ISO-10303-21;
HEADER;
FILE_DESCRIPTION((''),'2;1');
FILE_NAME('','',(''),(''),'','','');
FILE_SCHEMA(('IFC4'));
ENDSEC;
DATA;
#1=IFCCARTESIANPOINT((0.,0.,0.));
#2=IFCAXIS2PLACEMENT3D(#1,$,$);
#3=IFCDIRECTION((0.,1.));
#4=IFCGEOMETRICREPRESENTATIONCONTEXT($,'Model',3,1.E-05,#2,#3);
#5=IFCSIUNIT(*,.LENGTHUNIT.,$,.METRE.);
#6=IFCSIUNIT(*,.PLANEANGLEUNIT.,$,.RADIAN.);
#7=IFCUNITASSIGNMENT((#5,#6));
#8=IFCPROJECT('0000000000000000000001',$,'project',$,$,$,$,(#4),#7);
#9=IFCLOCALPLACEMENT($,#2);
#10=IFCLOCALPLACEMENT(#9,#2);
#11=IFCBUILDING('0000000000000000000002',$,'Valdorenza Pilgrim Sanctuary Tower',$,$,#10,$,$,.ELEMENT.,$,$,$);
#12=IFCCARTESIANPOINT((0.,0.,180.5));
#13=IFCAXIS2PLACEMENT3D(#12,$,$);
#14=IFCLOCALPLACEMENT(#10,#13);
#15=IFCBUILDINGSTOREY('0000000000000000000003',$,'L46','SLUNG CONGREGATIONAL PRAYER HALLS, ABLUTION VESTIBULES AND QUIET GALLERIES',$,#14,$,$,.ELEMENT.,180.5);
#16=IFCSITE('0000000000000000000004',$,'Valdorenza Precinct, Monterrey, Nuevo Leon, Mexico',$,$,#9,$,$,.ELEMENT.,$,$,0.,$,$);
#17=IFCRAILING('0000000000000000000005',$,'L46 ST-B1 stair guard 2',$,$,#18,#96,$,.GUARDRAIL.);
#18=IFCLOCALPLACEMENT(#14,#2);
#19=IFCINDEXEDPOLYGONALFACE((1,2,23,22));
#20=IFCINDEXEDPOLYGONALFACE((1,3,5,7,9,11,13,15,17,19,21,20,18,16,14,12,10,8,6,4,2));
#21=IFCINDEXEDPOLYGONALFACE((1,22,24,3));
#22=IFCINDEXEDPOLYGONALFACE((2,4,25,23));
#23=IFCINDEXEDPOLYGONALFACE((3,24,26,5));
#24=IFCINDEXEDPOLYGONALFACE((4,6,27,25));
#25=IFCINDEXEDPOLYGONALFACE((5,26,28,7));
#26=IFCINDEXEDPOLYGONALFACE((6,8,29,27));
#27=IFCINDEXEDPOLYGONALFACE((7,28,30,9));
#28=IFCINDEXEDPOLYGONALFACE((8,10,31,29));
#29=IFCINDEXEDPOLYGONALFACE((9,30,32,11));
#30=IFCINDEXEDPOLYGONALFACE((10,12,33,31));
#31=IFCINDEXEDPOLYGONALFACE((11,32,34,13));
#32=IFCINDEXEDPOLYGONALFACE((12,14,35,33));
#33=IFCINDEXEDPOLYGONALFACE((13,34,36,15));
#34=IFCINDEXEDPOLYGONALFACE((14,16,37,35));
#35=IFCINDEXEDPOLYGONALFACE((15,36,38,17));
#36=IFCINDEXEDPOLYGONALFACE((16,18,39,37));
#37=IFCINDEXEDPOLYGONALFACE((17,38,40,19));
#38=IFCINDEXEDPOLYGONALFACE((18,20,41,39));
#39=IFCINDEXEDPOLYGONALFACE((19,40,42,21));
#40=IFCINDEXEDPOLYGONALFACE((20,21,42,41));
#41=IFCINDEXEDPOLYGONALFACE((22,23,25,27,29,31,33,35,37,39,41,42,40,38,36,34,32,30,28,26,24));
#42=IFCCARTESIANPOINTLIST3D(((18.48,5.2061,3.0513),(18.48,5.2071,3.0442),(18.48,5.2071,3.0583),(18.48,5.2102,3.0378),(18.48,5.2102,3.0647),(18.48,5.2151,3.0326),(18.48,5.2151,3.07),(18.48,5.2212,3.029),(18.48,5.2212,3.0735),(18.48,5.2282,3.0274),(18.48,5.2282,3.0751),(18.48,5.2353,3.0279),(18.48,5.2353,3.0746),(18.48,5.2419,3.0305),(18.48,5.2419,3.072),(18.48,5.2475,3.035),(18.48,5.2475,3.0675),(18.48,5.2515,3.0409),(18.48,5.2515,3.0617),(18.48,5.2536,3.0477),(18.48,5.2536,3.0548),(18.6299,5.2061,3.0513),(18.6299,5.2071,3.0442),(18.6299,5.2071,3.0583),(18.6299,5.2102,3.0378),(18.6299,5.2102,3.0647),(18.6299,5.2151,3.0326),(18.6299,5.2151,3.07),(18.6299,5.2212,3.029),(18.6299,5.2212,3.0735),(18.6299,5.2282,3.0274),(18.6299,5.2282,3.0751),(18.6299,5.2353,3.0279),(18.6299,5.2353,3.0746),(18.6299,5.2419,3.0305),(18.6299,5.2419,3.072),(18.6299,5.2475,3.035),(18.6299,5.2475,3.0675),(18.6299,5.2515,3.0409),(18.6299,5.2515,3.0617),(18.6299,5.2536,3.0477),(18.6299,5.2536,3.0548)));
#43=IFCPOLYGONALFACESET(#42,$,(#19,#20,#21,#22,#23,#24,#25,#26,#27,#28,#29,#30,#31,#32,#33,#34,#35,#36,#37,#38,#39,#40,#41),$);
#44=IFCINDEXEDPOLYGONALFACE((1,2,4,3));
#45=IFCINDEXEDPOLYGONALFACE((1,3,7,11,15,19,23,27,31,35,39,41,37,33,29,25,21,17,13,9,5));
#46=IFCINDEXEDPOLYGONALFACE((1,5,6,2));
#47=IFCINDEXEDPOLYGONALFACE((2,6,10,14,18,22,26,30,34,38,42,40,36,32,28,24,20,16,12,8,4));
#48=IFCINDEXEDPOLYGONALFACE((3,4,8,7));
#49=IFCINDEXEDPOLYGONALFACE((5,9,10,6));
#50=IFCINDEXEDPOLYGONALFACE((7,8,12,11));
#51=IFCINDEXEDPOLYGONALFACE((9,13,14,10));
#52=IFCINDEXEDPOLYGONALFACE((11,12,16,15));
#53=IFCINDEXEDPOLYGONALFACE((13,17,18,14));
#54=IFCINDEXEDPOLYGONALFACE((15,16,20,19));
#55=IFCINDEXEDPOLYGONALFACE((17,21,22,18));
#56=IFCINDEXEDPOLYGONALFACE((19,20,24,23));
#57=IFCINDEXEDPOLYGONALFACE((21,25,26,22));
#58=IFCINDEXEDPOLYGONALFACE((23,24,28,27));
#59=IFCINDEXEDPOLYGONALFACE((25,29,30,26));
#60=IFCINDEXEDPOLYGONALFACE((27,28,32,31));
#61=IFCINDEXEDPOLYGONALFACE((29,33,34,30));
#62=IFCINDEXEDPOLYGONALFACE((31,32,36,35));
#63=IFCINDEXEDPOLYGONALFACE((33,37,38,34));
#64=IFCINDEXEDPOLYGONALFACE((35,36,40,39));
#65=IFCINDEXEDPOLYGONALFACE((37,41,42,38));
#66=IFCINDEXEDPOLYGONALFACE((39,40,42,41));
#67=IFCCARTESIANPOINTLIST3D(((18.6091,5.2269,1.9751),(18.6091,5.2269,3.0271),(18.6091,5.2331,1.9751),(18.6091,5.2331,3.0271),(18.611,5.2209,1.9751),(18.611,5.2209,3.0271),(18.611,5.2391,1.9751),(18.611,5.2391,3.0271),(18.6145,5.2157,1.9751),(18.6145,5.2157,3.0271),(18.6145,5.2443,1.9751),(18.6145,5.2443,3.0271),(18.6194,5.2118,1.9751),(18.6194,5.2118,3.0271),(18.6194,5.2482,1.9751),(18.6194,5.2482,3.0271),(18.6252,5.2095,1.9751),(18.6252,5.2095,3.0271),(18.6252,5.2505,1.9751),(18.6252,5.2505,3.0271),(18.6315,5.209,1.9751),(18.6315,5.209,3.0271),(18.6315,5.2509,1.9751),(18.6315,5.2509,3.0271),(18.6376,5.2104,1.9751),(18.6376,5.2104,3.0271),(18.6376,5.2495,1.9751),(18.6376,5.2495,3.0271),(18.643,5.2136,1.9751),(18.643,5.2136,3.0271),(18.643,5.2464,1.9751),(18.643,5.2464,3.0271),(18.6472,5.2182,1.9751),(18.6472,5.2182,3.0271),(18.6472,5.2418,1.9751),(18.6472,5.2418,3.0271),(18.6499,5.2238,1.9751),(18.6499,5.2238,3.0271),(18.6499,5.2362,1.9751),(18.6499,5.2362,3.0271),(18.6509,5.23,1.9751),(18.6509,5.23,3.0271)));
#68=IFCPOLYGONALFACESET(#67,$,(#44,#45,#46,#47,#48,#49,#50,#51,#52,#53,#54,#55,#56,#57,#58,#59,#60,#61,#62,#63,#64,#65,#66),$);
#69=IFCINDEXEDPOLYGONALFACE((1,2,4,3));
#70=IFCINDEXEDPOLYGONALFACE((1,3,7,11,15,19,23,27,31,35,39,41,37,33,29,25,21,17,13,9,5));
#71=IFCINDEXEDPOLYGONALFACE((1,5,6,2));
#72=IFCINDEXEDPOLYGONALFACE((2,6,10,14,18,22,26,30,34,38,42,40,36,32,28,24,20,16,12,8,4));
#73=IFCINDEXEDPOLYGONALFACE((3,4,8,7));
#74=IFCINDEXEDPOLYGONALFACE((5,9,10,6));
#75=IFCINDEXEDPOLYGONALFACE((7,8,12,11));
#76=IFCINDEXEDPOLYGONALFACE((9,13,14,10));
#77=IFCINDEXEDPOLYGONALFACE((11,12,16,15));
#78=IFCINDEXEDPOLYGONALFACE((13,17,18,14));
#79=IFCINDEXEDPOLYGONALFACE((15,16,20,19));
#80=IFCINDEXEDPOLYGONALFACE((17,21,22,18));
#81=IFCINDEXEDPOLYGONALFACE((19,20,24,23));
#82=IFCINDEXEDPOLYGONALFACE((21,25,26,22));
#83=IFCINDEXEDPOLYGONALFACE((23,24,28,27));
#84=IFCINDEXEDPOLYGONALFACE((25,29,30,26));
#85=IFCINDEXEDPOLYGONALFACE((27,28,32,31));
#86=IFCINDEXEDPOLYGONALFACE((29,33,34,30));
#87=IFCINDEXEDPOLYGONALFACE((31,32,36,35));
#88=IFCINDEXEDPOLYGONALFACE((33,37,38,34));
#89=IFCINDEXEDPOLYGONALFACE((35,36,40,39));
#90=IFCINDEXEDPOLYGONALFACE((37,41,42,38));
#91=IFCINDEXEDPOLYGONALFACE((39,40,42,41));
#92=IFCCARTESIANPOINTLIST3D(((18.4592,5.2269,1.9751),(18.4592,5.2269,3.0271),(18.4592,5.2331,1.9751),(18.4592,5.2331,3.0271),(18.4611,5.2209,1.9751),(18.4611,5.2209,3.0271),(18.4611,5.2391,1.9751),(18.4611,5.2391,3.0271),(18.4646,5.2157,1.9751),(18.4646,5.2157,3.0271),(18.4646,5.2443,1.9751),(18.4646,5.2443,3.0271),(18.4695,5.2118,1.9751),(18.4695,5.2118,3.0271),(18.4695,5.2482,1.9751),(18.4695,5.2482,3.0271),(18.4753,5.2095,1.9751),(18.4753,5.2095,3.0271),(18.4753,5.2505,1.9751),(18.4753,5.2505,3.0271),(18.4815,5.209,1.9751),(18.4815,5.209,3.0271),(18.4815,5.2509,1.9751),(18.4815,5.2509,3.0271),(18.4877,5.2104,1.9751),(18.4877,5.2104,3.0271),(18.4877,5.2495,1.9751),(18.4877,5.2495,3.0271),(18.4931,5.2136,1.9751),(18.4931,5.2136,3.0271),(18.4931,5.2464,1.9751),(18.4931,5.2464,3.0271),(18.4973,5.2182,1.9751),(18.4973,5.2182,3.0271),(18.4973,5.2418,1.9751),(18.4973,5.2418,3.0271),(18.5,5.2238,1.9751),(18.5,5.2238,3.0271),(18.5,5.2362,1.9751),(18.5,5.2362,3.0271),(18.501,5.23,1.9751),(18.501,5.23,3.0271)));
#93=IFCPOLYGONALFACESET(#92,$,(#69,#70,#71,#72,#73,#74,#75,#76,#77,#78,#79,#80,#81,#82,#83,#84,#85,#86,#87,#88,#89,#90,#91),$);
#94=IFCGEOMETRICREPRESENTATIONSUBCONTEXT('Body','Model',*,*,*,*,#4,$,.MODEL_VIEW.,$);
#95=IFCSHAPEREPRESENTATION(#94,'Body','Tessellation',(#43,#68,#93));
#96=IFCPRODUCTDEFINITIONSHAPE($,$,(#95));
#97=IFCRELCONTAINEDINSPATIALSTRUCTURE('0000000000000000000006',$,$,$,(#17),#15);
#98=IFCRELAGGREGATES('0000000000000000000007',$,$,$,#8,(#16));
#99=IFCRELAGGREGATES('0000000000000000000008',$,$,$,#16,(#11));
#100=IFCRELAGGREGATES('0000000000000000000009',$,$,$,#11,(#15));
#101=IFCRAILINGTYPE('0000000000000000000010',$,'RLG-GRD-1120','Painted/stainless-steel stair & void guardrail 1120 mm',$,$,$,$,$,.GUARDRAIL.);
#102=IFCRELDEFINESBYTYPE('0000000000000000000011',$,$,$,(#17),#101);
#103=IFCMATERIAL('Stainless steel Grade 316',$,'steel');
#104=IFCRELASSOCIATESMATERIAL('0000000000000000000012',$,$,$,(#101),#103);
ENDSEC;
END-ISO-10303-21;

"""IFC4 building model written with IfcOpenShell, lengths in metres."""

from ifc_helpers import new_model, si_unit, direction, frame, origin, origin_2d, place, context, subcontext, project, spatial, circle, extrude, material, type_object, element, save


model = new_model("IFC4")

# Units and contexts
model_context = context("Model", 3, precision=1e-05, world=origin(), true_north=direction((0.0, 1.0)))
body_context = subcontext(model_context, "Body", "Model", "MODEL_VIEW")
ifc_project = project(units=[si_unit("LENGTHUNIT", "METRE"), si_unit("PLANEANGLEUNIT", "RADIAN")], contexts=[model_context])

# Site, building, storey
site_placement = place(None, origin())
site = spatial("IfcSite", under=ifc_project, at=site_placement, Name="Valdorenza Precinct, Monterrey, Nuevo Leon, Mexico", CompositionType="ELEMENT", RefElevation=0.0)
building_placement = place(site_placement, origin())
building = spatial("IfcBuilding", under=site, at=building_placement, Name="Valdorenza Pilgrim Sanctuary Tower", CompositionType="ELEMENT")
storey_placement = place(building_placement, frame((0.0, 0.0, 180.5)))
storey = spatial("IfcBuildingStorey", under=building, at=storey_placement, Name="L46", Description="SLUNG CONGREGATIONAL PRAYER HALLS, ABLUTION VESTIBULES AND QUIET GALLERIES", CompositionType="ELEMENT", Elevation=180.5)

# Railing
ifc_material_1 = material(Name="Stainless steel Grade 316", Category="steel")
railing_type_1 = type_object("IfcRailingType", Name="RLG-GRD-1120", Description="Painted/stainless-steel stair & void guardrail 1120 mm", PredefinedType="GUARDRAIL", material=ifc_material_1)
railing_1_placement = place(storey_placement, frame((18.6299, 5.23, 1.9751)))
element("IfcRailing", 1, at=railing_1_placement, inside=storey, type_object=railing_type_1, Name="L46 ST-B1 stair guard 2", PredefinedType="GUARDRAIL", context=body_context, shape_type="SweptSolid", body=[
    extrude(circle(Radius=0.0239, at=origin_2d()), frame((0.0, 0.0, 1.0762), z_axis=(-1.0, 0.0, 0.0), x_axis=(0.0, -1.0, 0.0)), (0.0, 0.0, 1.0), 0.1499),
    extrude(circle(Radius=0.021, at=origin_2d()), origin(), (0.0, 0.0, 1.0), 1.052),
    extrude(circle(Radius=0.021, at=origin_2d()), frame((-0.1499, 0.0, 0.0)), (0.0, 0.0, 1.0), 1.052),
])

save(model, "model.ifc")
